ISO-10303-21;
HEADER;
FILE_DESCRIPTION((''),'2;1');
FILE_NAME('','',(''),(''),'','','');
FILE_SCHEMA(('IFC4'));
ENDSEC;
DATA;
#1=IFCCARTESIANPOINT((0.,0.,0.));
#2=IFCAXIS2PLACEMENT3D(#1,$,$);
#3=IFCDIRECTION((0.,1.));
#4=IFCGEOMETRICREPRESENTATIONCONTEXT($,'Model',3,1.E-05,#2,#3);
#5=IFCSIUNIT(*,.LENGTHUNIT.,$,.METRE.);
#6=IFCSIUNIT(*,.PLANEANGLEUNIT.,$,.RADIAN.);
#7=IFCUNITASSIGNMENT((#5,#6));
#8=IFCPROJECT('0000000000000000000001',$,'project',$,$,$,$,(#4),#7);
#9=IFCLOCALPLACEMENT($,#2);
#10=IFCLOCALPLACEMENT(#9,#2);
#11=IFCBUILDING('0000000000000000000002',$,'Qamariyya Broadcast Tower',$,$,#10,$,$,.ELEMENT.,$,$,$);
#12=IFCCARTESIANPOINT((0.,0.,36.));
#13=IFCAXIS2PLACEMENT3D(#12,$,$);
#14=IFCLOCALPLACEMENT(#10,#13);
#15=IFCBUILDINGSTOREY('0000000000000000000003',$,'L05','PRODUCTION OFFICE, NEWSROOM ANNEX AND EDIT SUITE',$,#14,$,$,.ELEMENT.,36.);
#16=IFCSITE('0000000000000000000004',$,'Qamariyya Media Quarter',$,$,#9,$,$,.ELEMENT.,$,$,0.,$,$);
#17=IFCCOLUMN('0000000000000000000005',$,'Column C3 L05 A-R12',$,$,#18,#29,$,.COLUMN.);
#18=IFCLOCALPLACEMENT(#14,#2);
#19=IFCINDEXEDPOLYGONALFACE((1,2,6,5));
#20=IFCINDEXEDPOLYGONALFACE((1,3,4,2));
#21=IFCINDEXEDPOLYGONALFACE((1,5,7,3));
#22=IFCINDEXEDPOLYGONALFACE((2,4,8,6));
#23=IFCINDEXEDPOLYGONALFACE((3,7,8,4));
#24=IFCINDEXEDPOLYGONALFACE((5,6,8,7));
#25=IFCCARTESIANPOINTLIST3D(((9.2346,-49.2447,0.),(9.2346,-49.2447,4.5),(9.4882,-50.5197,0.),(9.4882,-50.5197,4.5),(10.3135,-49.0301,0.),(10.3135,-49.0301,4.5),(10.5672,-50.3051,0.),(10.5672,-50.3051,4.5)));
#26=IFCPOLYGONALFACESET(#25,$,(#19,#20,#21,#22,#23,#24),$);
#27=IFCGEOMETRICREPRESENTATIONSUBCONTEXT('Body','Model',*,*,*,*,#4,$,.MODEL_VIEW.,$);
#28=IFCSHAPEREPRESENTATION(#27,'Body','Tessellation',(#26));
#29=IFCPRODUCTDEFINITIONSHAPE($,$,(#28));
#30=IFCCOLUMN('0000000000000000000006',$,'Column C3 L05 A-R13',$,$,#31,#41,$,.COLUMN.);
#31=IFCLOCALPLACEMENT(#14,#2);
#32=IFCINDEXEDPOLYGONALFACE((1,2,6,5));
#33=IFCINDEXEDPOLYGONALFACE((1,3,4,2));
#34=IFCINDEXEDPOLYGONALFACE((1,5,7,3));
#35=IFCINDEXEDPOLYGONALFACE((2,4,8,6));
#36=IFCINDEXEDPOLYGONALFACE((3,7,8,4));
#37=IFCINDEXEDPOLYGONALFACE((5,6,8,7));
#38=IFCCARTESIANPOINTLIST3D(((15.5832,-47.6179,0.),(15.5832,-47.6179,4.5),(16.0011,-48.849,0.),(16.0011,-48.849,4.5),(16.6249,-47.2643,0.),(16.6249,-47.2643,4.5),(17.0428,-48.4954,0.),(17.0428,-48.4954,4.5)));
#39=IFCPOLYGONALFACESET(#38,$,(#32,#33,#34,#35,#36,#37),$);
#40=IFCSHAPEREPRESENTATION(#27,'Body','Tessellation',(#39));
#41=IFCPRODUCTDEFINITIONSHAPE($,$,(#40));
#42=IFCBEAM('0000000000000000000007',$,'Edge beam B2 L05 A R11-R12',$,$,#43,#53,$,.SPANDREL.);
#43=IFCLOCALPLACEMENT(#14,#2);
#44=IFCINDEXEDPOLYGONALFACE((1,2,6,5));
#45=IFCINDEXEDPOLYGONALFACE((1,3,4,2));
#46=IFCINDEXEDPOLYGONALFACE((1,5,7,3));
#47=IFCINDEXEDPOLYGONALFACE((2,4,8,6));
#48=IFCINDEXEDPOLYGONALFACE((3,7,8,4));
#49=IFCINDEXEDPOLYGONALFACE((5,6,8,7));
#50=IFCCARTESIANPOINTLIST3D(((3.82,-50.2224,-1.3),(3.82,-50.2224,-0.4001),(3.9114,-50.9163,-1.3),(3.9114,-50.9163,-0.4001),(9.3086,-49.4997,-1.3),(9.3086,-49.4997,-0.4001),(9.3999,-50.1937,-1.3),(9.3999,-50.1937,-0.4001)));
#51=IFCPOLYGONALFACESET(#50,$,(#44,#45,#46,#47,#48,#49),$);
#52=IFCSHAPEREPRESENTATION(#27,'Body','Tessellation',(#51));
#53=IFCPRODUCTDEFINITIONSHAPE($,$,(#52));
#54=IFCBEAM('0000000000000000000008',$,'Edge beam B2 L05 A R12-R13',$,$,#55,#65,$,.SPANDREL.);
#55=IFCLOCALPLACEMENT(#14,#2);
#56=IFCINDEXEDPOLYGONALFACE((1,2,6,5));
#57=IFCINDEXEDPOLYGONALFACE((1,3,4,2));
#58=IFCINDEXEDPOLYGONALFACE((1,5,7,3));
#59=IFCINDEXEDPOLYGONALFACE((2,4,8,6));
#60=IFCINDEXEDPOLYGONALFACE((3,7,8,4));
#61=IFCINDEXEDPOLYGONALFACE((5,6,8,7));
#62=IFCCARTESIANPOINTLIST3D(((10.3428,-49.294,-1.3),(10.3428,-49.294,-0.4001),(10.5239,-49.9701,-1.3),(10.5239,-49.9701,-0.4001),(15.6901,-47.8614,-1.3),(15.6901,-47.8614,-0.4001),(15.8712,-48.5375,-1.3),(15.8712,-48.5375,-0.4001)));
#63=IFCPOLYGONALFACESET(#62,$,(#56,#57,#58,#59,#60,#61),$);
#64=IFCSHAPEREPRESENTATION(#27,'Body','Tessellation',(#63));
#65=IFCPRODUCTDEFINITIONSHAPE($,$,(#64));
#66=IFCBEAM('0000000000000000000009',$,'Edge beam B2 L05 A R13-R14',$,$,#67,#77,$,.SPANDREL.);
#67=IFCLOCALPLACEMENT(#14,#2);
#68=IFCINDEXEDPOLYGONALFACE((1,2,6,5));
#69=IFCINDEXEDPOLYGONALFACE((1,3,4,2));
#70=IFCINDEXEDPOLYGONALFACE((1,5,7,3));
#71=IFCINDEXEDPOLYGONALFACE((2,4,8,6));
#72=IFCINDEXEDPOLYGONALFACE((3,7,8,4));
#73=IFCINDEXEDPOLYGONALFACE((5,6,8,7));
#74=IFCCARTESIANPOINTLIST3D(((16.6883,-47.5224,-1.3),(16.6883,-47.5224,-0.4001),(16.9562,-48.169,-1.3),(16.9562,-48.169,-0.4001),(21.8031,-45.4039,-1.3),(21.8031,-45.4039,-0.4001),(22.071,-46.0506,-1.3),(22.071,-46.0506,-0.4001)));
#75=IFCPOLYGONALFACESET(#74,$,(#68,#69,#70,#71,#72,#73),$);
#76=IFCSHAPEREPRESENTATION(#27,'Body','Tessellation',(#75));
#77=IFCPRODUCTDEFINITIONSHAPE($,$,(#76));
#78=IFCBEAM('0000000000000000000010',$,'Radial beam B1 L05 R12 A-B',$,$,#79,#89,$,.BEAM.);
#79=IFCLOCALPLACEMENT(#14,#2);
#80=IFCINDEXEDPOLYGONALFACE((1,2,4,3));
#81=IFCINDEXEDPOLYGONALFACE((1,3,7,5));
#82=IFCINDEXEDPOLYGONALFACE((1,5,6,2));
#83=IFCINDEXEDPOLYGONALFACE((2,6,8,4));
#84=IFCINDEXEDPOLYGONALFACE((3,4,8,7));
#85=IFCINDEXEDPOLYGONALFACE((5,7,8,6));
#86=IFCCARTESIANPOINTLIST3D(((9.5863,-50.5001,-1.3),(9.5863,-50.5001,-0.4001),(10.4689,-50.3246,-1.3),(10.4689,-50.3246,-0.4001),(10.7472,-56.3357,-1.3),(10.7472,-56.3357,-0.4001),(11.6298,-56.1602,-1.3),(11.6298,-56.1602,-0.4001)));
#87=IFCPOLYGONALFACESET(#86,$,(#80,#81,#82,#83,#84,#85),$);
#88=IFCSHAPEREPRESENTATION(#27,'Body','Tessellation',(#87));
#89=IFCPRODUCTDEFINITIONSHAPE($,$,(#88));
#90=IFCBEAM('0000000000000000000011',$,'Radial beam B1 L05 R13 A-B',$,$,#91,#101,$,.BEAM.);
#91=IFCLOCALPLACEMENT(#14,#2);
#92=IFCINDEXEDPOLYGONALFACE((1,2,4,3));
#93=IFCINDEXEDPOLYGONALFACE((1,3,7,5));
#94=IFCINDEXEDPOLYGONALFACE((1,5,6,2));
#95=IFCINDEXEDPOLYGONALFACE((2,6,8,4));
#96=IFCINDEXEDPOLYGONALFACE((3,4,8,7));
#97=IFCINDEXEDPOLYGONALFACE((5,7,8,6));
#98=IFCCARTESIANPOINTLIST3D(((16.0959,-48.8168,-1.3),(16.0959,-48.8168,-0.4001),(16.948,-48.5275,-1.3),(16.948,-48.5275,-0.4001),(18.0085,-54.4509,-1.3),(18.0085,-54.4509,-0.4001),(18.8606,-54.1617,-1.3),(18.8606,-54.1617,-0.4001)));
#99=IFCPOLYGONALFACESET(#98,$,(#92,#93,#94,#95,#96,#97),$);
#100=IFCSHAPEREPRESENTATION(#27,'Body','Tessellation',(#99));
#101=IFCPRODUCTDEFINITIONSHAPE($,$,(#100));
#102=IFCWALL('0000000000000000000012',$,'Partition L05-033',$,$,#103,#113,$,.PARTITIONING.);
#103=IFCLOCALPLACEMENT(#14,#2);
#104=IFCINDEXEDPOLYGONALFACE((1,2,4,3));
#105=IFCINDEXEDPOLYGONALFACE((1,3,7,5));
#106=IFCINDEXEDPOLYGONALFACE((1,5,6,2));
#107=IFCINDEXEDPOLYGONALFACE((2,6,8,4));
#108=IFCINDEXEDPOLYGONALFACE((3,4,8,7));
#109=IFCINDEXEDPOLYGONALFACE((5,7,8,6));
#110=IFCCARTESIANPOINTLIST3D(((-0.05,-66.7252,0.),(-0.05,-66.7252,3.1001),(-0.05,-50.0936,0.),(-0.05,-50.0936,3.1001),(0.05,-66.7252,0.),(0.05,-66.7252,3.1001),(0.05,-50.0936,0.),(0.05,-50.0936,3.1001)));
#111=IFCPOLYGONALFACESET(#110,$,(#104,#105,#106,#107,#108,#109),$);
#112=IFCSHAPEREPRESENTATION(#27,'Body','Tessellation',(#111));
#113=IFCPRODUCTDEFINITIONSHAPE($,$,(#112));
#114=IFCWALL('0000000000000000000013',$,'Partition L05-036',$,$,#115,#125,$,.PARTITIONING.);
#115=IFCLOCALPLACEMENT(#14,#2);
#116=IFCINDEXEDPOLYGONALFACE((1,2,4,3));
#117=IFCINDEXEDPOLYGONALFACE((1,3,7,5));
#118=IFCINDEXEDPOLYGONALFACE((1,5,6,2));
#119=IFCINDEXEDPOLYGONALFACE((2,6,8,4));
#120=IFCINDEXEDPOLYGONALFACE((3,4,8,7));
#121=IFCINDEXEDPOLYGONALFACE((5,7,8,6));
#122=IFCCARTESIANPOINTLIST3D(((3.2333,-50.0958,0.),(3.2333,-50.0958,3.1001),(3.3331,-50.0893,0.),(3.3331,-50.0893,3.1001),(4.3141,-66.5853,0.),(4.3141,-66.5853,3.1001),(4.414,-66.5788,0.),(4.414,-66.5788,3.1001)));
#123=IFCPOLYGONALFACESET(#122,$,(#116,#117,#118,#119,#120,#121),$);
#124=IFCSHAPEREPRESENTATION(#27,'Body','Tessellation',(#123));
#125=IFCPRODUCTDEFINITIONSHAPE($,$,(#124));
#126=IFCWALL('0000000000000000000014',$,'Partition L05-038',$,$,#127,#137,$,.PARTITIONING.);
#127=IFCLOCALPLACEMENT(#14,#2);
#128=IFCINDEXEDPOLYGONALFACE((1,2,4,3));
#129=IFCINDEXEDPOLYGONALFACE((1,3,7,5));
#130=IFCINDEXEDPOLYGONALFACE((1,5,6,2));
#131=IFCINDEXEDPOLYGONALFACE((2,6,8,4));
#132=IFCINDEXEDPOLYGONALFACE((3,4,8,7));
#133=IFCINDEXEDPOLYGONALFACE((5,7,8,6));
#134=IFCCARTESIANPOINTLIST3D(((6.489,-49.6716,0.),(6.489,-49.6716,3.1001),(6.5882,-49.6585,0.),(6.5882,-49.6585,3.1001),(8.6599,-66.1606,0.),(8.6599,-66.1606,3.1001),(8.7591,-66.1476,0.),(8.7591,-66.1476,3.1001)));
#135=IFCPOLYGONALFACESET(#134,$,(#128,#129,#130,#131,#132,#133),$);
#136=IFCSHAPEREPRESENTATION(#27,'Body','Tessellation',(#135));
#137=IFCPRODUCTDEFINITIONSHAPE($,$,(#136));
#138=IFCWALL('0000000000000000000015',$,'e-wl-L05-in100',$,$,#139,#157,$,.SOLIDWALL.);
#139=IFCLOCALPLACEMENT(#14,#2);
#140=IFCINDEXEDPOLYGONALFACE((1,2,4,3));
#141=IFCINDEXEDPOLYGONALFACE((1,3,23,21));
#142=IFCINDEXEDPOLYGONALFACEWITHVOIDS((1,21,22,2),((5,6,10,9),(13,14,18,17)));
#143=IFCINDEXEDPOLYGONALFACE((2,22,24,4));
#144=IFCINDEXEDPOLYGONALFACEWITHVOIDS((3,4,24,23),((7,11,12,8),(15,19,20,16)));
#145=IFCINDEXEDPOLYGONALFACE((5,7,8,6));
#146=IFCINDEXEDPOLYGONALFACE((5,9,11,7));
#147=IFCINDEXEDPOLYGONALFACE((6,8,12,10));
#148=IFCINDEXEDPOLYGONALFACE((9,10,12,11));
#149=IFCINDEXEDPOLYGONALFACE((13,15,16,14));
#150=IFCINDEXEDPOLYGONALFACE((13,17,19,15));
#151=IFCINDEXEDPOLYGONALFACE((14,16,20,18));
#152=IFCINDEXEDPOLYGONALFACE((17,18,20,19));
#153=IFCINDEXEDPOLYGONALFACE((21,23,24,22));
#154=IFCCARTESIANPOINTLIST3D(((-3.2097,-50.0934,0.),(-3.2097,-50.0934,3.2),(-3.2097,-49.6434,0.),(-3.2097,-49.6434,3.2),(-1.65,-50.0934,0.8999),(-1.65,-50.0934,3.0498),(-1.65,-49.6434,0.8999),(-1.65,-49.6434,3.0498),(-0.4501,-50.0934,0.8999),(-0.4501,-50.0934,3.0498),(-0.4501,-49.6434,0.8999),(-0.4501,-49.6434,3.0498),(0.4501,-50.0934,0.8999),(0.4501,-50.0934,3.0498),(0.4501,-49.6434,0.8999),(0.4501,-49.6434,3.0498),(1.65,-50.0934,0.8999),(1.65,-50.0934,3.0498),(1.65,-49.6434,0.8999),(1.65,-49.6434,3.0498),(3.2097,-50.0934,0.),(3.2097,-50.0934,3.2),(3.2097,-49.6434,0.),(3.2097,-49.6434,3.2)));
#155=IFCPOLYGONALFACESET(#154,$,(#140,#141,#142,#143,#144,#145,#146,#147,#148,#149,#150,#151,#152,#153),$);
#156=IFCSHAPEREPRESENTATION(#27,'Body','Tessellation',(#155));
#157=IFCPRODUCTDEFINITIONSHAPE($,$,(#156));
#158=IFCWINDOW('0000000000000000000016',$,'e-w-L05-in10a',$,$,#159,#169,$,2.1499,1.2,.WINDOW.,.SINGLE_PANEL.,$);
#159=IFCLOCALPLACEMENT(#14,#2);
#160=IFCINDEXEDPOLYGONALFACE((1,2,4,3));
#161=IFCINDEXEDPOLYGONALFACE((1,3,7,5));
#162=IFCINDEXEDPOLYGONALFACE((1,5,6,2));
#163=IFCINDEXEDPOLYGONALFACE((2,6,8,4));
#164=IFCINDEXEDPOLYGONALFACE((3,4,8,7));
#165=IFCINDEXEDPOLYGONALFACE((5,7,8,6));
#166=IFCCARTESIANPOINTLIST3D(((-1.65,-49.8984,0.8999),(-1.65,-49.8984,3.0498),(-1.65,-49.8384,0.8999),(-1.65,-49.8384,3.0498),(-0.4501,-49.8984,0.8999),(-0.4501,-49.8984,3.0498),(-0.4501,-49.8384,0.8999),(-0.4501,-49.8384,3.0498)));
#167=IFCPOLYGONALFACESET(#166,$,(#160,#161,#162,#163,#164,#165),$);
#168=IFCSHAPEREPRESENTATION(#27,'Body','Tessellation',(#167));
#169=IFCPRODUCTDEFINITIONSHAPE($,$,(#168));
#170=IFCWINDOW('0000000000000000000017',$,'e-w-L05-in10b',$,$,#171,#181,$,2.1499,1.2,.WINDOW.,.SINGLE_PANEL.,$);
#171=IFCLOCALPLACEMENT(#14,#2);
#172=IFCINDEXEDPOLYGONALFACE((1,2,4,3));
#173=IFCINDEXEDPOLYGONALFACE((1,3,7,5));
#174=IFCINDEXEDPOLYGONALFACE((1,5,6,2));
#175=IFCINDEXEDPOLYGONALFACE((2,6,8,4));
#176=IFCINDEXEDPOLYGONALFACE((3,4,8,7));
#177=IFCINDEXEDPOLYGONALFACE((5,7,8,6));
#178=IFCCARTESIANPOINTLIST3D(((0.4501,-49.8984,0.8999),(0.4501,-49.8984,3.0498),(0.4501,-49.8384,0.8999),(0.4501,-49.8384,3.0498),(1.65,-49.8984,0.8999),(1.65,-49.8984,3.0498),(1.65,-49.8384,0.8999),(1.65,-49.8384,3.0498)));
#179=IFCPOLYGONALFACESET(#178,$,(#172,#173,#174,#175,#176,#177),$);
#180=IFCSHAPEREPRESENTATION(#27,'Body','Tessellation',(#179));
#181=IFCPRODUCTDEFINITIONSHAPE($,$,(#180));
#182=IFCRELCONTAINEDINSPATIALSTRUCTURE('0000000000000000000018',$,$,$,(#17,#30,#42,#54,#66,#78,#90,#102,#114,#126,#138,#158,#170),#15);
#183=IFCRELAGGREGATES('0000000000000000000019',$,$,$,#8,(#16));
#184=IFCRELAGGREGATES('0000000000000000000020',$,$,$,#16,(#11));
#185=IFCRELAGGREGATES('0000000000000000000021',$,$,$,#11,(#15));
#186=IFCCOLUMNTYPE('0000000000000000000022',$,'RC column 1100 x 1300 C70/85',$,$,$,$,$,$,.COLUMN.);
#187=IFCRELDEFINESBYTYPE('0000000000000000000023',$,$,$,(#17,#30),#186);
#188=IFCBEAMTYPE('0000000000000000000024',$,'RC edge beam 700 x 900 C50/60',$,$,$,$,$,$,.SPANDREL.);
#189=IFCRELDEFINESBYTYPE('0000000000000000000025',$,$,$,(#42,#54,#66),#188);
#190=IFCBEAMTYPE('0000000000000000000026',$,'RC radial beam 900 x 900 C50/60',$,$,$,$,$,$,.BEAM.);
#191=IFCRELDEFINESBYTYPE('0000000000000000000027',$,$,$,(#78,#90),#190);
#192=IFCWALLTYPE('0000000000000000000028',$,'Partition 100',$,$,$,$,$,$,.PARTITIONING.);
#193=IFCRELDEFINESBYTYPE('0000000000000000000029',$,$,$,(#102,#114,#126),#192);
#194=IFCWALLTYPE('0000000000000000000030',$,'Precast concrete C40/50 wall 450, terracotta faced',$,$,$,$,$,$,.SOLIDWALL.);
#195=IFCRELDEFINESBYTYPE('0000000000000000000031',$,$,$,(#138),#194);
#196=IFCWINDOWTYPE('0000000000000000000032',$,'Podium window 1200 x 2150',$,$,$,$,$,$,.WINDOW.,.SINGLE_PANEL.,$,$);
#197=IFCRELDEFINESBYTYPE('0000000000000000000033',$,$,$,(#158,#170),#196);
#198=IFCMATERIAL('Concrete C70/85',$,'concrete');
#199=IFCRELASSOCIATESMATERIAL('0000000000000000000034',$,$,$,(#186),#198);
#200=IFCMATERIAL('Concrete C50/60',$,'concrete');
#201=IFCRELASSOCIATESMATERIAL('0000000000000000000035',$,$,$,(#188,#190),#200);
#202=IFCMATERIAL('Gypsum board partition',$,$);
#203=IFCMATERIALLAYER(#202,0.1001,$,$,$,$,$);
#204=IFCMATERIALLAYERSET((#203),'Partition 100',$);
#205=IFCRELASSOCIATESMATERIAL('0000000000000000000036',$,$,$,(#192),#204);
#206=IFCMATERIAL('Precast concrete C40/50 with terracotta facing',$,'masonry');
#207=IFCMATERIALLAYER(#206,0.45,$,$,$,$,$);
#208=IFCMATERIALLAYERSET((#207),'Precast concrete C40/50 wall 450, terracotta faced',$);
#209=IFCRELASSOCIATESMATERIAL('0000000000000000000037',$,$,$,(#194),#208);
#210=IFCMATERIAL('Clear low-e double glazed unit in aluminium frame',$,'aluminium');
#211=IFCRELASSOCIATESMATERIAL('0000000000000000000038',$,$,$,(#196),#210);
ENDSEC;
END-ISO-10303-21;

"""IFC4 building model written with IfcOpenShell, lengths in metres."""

from ifc_helpers import new_model, si_unit, direction, frame, frame_2d, origin, origin_2d, place, context, subcontext, project, spatial, rectangle, extrude, material, layer, layer_set, material_profile, profile_set, type_object, element, fill, save


model = new_model("IFC4")

# Units and contexts
model_context = context("Model", 3, precision=1e-05, world=origin(), true_north=direction((0.0, 1.0)))
body_context = subcontext(model_context, "Body", "Model", "MODEL_VIEW")
ifc_project = project(units=[si_unit("LENGTHUNIT", "METRE"), si_unit("PLANEANGLEUNIT", "RADIAN")], contexts=[model_context])

# Site, building, storey
site_placement = place(None, origin())
site = spatial("IfcSite", under=ifc_project, at=site_placement, Name="Qamariyya Media Quarter", CompositionType="ELEMENT", RefElevation=0.0)
building_placement = place(site_placement, origin())
building = spatial("IfcBuilding", under=site, at=building_placement, Name="Qamariyya Broadcast Tower", CompositionType="ELEMENT")
storey_placement = place(building_placement, frame((0.0, 0.0, 36.0)))
storey = spatial("IfcBuildingStorey", under=building, at=storey_placement, Name="L05", Description="PRODUCTION OFFICE, NEWSROOM ANNEX AND EDIT SUITE", CompositionType="ELEMENT", Elevation=36.0)

# Columns
ifc_material_1 = material(Name="Concrete C70/85", Category="concrete")
ifc_material_profile_1 = material_profile(ifc_material_1, rectangle(XDim=1.1001, YDim=1.3, at=origin_2d()))
ifc_profile_set_1 = profile_set([ifc_material_profile_1], Name="Concrete C70/85")
column_type = type_object("IfcColumnType", Name="RC column 1100 x 1300 C70/85", PredefinedType="COLUMN", material=ifc_profile_set_1)
for number, where, z_axis, x_axis, name in (
    (1, (9.9009, -49.7749, 0.0), (0.0, 0.0, 1.0), (0.980785, 0.19509, 0.0), "Column C3 L05 A-R12"),
    (2, (16.313, -48.0566, 0.0), (0.0, 0.0, 1.0), (0.94693, 0.321439, 0.0), "Column C3 L05 A-R13"),
):
    element("IfcColumn", number, at=place(storey_placement, frame(where, z_axis=z_axis, x_axis=x_axis)), inside=storey, type_object=column_type, Name=name, PredefinedType="COLUMN", context=body_context, shape_type="SweptSolid", body=[
        extrude(rectangle(XDim=1.1001, YDim=1.3, at=origin_2d()), origin(), (0.0, 0.0, 1.0), 4.5),
    ])

# Beams
ifc_material_2 = material(Name="Concrete C50/60", Category="concrete")
ifc_material_profile_2 = material_profile(ifc_material_2, rectangle(XDim=0.7, YDim=0.8999, at=origin_2d()))
ifc_profile_set_2 = profile_set([ifc_material_profile_2], Name="Concrete C50/60")
beam_type_1 = type_object("IfcBeamType", Name="RC edge beam 700 x 900 C50/60", PredefinedType="SPANDREL", material=ifc_profile_set_2)
for number, where, z_axis, x_axis, name in (
    (3, (3.8657, -50.5693, -0.8501), (0.991443, 0.13054, 0.0), (-0.13054, 0.991443, 0.0), "Edge beam B2 L05 A R11-R12"),
    (4, (10.4333, -49.6321, -0.8501), (0.965936, 0.258782, 0.0), (-0.258782, 0.965936, 0.0), "Edge beam B2 L05 A R12-R13"),
):
    element("IfcBeam", number, at=place(storey_placement, frame(where, z_axis=z_axis, x_axis=x_axis)), inside=storey, type_object=beam_type_1, Name=name, PredefinedType="SPANDREL", context=body_context, shape_type="SweptSolid", body=[
        extrude(rectangle(XDim=0.7, YDim=0.8999, at=origin_2d()), origin(), (0.0, 0.0, 1.0), 5.5359),
    ])
beam_placement = place(storey_placement, frame((16.8223, -47.8457, -0.8501), z_axis=(0.923892, 0.382654, 0.0), x_axis=(-0.382654, 0.923892, 0.0)))
element("IfcBeam", 5, at=beam_placement, inside=storey, type_object=beam_type_1, Name="Edge beam B2 L05 A R13-R14", PredefinedType="SPANDREL", context=body_context, shape_type="SweptSolid", body=[
    extrude(rectangle(XDim=0.7, YDim=0.8999, at=origin_2d()), origin(), (0.0, 0.0, 1.0), 5.5361),
])
ifc_material_profile_3 = material_profile(ifc_material_2, rectangle(XDim=0.8999, YDim=0.8999, at=origin_2d()))
ifc_profile_set_3 = profile_set([ifc_material_profile_3], Name="Concrete C50/60")
beam_type_2 = type_object("IfcBeamType", Name="RC radial beam 900 x 900 C50/60", PredefinedType="BEAM", material=ifc_profile_set_3)
for number, where, z_axis, x_axis, name in (
    (6, (10.0276, -50.4124, -0.8501), (0.195106, -0.980782, 0.0), (0.980782, 0.195106, 0.0), "Radial beam B1 L05 R12 A-B"),
    (7, (16.522, -48.6721, -0.8501), (0.321442, -0.946929, 0.0), (0.946929, 0.321442, 0.0), "Radial beam B1 L05 R13 A-B"),
):
    element("IfcBeam", number, at=place(storey_placement, frame(where, z_axis=z_axis, x_axis=x_axis)), inside=storey, type_object=beam_type_2, Name=name, PredefinedType="BEAM", context=body_context, shape_type="SweptSolid", body=[
        extrude(rectangle(XDim=0.8999, YDim=0.8999, at=origin_2d()), origin(), (0.0, 0.0, 1.0), 5.95),
    ])

# Walls
ifc_material_3 = material(Name="Gypsum board partition")
ifc_layer_1 = layer(ifc_material_3, 0.1001)
ifc_layer_set_1 = layer_set([ifc_layer_1], Name="Partition 100")
wall_type_1 = type_object("IfcWallType", Name="Partition 100", PredefinedType="PARTITIONING", material=ifc_layer_set_1)
wall_1_placement = place(storey_placement, frame((0.0, -50.0935, 0.0), z_axis=(0.0, 0.0, 1.0), x_axis=(0.0, -1.0, 0.0)))
element("IfcWall", 8, at=wall_1_placement, inside=storey, type_object=wall_type_1, Name="Partition L05-033", PredefinedType="PARTITIONING", context=body_context, shape_type="SweptSolid", body=[
    extrude(rectangle(XDim=16.6316, YDim=0.1001, at=frame_2d((8.3159, 0.0))), origin(), (0.0, 0.0, 1.0), 3.1001),
])
wall_2_placement = place(storey_placement, frame((3.2832, -50.0925, 0.0), z_axis=(0.0, 0.0, 1.0), x_axis=(0.065405, -0.997859, 0.0)))
element("IfcWall", 9, at=wall_2_placement, inside=storey, type_object=wall_type_1, Name="Partition L05-036", PredefinedType="PARTITIONING", context=body_context, shape_type="SweptSolid", body=[
    extrude(rectangle(XDim=16.5249, YDim=0.1001, at=frame_2d((8.2625, 0.0))), origin(), (0.0, 0.0, 1.0), 3.1001),
])
wall_3_placement = place(storey_placement, frame((6.5386, -49.665, 0.0), z_axis=(0.0, 0.0, 1.0), x_axis=(0.130531, -0.991444, 0.0)))
element("IfcWall", 10, at=wall_3_placement, inside=storey, type_object=wall_type_1, Name="Partition L05-038", PredefinedType="PARTITIONING", context=body_context, shape_type="SweptSolid", body=[
    extrude(rectangle(XDim=16.6313, YDim=0.1001, at=frame_2d((8.3157, 0.0))), origin(), (0.0, 0.0, 1.0), 3.1001),
])

# Wall, openings, windows
ifc_material_4 = material(Name="Precast concrete C40/50 with terracotta facing", Category="masonry")
ifc_layer_2 = layer(ifc_material_4, 0.45)
ifc_layer_set_2 = layer_set([ifc_layer_2], Name="Precast concrete C40/50 wall 450, terracotta faced")
wall_type_2 = type_object("IfcWallType", Name="Precast concrete C40/50 wall 450, terracotta faced", PredefinedType="SOLIDWALL", material=ifc_layer_set_2)
wall_4_placement = place(storey_placement, frame((3.2097, -49.8684, 0.0), z_axis=(0.0, 0.0, 1.0), x_axis=(-1.0, 0.0, 0.0)))
wall_4 = element("IfcWall", 11, at=wall_4_placement, inside=storey, type_object=wall_type_2, Name="e-wl-L05-in100", PredefinedType="SOLIDWALL", context=body_context, shape_type="SweptSolid", body=[
    extrude(rectangle(XDim=6.4194, YDim=0.45, at=frame_2d((3.2097, 0.0))), origin(), (0.0, 0.0, 1.0), 3.2),
])
opening_1_placement = place(wall_4_placement, frame((3.6597, 0.0, 0.8999)))
opening_1 = element("IfcOpeningElement", 12, at=opening_1_placement, cuts=wall_4, PredefinedType="OPENING", context=body_context, shape_type="SweptSolid", body=[
    extrude(rectangle(XDim=1.2, YDim=2.1499, at=frame_2d((0.6001, 1.075))), frame((0.0, 0.2349, 0.0), z_axis=(0.0, -1.0, 0.0), x_axis=(1.0, 0.0, 0.0)), (0.0, 0.0, 1.0), 0.47),
])
opening_2_placement = place(wall_4_placement, frame((1.5596, 0.0, 0.8999)))
opening_2 = element("IfcOpeningElement", 13, at=opening_2_placement, cuts=wall_4, PredefinedType="OPENING", context=body_context, shape_type="SweptSolid", body=[
    extrude(rectangle(XDim=1.2, YDim=2.1499, at=frame_2d((0.6001, 1.075))), frame((0.0, 0.2349, 0.0), z_axis=(0.0, -1.0, 0.0), x_axis=(1.0, 0.0, 0.0)), (0.0, 0.0, 1.0), 0.47),
])
ifc_material_5 = material(Name="Clear low-e double glazed unit in aluminium frame", Category="aluminium")
window_type = type_object("IfcWindowType", Name="Podium window 1200 x 2150", PartitioningType="SINGLE_PANEL", PredefinedType="WINDOW", material=ifc_material_5)
window_1_placement = place(opening_1_placement, origin())
window_1 = element("IfcWindow", 14, at=window_1_placement, inside=storey, type_object=window_type, Name="e-w-L05-in10a", OverallHeight=2.1499, OverallWidth=1.2, PartitioningType="SINGLE_PANEL", PredefinedType="WINDOW", context=body_context, shape_type="SweptSolid", body=[
    extrude(rectangle(XDim=1.2, YDim=2.1499, at=frame_2d((0.6001, 1.075))), frame((0.0, 0.03, 0.0), z_axis=(0.0, -1.0, 0.0), x_axis=(1.0, 0.0, 0.0)), (0.0, 0.0, 1.0), 0.0601),
])
fill(opening_1, window_1)
window_2_placement = place(opening_2_placement, origin())
window_2 = element("IfcWindow", 15, at=window_2_placement, inside=storey, type_object=window_type, Name="e-w-L05-in10b", OverallHeight=2.1499, OverallWidth=1.2, PartitioningType="SINGLE_PANEL", PredefinedType="WINDOW", context=body_context, shape_type="SweptSolid", body=[
    extrude(rectangle(XDim=1.2, YDim=2.1499, at=frame_2d((0.6001, 1.075))), frame((0.0, 0.03, 0.0), z_axis=(0.0, -1.0, 0.0), x_axis=(1.0, 0.0, 0.0)), (0.0, 0.0, 1.0), 0.0601),
])
fill(opening_2, window_2)

save(model, "model.ifc")
